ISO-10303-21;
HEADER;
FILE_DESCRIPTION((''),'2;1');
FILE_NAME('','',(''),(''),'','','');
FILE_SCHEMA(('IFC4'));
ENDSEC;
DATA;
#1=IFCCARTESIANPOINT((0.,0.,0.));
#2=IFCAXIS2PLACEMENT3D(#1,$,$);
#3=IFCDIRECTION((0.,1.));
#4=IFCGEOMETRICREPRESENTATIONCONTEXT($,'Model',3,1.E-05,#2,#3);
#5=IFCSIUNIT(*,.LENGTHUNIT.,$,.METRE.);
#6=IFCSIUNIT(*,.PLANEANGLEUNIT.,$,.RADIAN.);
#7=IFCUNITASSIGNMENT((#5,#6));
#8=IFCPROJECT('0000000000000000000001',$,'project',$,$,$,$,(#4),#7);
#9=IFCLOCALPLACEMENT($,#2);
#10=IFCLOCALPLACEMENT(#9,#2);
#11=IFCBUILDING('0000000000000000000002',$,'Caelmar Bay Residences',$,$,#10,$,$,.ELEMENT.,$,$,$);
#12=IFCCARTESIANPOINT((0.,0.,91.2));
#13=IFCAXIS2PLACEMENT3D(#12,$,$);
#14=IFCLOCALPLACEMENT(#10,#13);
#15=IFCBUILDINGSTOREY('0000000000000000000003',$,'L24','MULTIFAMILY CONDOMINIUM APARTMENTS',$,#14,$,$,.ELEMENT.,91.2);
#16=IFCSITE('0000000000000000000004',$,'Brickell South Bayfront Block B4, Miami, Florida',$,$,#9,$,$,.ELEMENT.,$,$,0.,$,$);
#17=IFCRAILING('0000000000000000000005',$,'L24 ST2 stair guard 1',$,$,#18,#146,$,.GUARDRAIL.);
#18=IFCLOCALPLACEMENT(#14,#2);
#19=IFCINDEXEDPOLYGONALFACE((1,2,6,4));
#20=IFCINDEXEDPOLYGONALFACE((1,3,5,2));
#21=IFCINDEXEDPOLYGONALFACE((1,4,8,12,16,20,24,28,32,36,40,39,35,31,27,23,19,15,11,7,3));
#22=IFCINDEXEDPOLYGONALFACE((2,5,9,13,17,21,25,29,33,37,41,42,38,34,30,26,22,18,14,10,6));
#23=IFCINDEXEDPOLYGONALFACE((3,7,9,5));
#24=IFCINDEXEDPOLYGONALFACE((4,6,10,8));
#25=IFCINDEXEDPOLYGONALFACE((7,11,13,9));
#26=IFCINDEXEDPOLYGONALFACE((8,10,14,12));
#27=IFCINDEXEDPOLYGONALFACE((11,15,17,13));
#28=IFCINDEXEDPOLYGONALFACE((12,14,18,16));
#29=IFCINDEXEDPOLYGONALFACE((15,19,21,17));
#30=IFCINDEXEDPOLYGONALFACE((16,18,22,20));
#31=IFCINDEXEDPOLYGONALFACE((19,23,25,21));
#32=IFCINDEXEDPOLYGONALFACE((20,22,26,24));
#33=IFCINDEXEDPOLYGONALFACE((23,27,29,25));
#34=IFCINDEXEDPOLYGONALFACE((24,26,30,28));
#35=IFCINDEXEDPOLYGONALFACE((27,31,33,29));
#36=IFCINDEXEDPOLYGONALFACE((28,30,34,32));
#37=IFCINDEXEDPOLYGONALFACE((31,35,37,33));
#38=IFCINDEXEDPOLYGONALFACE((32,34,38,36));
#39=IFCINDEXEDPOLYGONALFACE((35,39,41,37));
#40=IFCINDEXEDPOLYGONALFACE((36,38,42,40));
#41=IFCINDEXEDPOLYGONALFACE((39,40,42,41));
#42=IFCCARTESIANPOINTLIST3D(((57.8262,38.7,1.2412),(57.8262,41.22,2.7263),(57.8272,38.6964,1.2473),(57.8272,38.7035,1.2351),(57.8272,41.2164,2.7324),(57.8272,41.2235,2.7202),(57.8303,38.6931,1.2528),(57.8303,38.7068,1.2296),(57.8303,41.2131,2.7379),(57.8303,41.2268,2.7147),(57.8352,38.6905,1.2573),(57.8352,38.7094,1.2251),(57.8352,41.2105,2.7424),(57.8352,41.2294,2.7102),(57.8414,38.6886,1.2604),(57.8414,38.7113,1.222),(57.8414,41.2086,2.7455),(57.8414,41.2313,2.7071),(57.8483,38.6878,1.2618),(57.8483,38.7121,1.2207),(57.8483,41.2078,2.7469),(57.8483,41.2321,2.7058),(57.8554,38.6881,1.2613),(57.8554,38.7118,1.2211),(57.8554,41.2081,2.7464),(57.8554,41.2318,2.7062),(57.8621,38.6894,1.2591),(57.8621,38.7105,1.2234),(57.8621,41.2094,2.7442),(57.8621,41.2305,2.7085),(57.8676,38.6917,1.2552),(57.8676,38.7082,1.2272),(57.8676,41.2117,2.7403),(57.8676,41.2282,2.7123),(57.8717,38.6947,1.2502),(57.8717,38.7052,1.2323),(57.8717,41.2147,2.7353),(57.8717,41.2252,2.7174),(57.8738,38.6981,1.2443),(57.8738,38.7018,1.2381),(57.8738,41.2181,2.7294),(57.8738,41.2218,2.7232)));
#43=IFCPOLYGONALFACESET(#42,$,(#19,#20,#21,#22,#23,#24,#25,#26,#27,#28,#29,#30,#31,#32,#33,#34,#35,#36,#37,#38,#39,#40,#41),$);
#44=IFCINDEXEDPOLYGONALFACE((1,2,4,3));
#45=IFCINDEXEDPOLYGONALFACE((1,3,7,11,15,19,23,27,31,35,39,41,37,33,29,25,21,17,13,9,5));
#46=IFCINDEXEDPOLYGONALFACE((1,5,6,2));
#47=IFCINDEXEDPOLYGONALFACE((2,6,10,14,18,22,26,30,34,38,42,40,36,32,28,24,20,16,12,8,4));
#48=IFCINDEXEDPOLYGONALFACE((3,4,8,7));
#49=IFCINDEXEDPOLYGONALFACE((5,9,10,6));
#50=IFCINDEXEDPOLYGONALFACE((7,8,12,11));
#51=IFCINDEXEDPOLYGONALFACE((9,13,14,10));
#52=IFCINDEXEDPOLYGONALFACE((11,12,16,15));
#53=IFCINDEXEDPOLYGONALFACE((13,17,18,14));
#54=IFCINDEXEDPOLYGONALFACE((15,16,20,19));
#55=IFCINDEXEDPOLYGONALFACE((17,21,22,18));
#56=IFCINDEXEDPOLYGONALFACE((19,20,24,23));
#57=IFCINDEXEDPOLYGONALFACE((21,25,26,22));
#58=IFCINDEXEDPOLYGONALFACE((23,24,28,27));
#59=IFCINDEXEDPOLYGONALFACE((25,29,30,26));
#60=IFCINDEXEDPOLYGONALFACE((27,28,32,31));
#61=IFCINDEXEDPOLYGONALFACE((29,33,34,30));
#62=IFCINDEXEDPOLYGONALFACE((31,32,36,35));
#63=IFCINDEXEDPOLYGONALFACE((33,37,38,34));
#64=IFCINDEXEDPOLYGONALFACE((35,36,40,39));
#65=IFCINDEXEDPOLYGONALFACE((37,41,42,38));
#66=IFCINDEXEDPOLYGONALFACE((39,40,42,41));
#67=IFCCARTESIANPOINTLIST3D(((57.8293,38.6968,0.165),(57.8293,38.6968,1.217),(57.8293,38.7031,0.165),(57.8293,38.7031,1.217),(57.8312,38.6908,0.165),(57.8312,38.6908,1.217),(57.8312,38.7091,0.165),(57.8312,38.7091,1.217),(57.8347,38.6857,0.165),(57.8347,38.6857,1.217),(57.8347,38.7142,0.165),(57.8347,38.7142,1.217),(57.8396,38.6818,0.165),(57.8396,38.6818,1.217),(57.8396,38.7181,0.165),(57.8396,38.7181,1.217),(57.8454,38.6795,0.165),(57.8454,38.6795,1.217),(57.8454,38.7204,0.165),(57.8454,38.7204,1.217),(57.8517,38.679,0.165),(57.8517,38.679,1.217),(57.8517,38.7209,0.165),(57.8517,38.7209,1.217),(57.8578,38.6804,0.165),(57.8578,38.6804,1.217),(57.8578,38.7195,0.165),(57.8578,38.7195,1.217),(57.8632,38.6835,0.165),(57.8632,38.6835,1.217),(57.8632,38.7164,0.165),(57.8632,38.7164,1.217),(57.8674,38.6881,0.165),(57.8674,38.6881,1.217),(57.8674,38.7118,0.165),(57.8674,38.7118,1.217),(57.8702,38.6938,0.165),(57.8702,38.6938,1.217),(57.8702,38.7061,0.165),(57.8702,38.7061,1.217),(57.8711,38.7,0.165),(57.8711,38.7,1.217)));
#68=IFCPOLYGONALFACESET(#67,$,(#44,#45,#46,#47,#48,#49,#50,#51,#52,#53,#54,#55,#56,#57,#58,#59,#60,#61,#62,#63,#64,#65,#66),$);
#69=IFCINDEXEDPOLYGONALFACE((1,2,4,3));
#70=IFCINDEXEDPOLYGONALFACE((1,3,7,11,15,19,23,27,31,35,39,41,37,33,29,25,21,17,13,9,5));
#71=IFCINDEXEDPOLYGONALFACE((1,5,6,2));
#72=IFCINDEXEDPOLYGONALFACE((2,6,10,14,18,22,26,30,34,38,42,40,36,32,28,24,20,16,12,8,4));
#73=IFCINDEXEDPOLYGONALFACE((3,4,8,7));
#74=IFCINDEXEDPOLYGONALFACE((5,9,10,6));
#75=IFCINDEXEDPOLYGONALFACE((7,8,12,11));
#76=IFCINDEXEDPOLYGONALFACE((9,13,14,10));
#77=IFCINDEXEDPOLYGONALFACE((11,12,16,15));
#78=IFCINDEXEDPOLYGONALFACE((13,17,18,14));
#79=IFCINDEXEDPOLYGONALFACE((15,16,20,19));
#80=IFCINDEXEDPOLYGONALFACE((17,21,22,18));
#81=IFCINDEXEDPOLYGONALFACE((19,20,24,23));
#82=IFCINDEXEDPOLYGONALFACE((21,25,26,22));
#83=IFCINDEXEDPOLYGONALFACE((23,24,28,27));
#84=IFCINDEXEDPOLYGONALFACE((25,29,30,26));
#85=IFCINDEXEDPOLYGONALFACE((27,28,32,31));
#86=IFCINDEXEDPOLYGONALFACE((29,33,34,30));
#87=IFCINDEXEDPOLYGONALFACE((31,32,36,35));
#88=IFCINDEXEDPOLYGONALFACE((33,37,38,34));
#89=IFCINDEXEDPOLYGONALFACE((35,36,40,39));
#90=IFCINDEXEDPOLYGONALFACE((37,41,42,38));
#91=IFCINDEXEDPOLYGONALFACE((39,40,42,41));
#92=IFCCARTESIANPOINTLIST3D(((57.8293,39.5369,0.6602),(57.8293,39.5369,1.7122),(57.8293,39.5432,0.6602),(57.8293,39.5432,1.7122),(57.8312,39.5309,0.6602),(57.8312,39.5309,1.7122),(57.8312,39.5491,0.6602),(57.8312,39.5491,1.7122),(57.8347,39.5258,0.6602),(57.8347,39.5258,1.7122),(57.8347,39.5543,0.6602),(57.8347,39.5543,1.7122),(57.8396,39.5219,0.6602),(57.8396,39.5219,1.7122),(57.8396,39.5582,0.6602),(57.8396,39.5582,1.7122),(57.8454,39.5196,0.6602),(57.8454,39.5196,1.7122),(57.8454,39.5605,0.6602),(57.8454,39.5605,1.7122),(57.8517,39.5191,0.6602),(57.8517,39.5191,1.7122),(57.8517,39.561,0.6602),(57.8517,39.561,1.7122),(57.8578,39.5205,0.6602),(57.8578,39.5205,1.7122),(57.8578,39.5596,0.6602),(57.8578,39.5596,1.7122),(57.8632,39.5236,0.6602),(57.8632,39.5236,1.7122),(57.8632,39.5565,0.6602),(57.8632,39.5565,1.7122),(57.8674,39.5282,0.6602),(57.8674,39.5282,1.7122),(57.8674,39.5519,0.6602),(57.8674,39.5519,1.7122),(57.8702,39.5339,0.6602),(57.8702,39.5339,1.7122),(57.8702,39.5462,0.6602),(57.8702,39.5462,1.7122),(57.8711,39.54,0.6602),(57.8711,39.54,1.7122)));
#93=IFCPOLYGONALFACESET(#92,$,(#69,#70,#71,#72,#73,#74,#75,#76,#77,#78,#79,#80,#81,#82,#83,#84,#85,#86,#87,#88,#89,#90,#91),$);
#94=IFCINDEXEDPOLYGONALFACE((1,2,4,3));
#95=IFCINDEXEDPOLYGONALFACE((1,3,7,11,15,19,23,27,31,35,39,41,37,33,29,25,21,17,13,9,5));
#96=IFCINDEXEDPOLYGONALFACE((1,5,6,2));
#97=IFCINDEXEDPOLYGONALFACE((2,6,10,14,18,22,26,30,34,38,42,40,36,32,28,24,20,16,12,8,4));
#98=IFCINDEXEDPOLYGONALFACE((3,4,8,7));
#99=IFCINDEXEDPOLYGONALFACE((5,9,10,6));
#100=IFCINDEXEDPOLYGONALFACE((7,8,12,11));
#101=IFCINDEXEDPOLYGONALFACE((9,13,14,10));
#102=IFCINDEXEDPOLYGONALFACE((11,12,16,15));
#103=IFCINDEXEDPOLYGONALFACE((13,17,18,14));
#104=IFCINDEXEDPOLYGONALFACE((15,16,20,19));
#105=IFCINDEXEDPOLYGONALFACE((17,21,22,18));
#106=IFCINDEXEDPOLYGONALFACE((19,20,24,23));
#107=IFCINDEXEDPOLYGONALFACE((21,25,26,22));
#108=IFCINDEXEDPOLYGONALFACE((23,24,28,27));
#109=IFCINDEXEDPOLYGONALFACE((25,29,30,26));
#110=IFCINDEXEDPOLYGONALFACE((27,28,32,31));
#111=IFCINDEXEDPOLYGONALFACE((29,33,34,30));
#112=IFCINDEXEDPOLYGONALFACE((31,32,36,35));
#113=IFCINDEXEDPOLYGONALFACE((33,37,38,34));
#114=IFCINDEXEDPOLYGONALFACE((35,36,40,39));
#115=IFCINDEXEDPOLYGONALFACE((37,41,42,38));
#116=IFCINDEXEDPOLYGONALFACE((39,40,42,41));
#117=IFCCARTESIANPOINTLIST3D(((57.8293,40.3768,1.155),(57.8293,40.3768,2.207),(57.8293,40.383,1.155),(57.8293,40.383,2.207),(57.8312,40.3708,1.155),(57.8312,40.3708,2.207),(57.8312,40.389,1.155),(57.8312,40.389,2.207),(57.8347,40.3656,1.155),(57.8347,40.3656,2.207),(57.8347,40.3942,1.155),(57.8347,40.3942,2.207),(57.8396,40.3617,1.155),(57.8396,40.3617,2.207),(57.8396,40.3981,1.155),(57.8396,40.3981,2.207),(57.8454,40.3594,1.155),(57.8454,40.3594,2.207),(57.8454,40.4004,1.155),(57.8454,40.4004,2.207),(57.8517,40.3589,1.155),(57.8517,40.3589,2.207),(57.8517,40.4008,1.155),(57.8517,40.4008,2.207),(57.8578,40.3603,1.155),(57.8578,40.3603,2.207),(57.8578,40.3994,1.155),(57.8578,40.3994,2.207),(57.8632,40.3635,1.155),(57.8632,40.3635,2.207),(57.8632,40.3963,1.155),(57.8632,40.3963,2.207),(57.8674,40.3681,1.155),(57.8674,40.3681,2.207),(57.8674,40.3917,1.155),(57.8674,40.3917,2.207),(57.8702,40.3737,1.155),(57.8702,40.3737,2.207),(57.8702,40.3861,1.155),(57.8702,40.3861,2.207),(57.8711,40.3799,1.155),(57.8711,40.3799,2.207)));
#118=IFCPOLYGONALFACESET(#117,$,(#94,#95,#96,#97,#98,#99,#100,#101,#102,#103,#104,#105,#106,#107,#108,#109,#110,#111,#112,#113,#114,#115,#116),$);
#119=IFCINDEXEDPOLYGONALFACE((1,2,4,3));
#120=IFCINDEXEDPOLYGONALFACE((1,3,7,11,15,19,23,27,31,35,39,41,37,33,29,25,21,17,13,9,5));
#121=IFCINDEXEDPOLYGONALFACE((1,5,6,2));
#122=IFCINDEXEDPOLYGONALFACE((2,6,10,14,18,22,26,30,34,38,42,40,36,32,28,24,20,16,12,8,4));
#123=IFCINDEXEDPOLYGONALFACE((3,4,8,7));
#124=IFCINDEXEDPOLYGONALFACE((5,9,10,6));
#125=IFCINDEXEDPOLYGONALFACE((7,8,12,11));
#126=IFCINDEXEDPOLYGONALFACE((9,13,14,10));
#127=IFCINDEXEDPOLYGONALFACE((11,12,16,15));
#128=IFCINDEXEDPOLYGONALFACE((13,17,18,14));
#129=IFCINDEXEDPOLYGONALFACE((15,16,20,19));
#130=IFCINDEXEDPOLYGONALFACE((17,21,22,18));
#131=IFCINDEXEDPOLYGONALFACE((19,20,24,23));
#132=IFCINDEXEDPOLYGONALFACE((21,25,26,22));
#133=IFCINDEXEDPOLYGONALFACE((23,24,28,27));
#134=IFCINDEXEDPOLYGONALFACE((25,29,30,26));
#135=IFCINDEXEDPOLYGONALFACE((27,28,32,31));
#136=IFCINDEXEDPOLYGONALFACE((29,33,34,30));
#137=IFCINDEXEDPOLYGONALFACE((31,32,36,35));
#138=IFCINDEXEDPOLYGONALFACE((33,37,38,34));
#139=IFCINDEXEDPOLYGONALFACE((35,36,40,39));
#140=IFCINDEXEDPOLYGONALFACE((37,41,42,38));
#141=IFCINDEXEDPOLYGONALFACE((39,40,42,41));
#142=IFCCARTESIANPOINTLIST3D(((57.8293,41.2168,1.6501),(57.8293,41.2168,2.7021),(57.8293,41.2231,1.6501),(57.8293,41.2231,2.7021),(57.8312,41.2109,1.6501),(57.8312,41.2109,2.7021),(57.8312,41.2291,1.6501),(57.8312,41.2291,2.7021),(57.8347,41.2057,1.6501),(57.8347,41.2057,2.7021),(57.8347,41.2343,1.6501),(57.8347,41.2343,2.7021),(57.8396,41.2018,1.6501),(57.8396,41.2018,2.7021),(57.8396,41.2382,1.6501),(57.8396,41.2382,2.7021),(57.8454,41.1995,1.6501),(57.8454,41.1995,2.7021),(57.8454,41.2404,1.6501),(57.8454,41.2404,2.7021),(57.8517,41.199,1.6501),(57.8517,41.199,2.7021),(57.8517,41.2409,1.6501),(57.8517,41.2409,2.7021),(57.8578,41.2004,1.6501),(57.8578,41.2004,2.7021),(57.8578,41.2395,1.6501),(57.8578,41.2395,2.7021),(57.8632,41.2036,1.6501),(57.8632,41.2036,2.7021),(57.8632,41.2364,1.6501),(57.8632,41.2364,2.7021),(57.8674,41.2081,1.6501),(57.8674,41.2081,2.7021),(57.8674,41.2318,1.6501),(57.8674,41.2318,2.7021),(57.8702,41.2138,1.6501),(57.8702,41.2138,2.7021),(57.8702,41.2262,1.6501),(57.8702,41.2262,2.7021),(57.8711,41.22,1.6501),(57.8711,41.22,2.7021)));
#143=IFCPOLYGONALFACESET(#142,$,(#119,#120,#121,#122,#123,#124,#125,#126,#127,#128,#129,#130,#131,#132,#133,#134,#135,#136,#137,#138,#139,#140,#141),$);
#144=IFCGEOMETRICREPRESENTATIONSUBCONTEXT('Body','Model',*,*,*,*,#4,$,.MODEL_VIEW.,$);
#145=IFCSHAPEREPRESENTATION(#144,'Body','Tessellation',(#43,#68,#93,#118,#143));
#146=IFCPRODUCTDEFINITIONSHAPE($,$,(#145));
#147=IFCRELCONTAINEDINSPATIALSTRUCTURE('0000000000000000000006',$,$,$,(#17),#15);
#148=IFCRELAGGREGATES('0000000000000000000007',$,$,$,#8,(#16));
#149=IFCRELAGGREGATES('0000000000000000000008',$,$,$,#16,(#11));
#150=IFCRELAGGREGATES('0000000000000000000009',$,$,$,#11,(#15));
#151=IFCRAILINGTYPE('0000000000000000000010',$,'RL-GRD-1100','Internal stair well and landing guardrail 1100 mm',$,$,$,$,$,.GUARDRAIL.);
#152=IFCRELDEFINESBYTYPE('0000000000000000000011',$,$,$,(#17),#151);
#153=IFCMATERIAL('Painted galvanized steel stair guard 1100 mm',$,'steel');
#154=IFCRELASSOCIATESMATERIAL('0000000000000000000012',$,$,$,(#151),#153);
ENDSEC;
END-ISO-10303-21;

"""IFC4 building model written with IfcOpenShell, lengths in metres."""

from ifc_helpers import new_model, si_unit, direction, frame, origin, origin_2d, place, context, subcontext, project, spatial, circle, extrude, material, type_object, element, save


model = new_model("IFC4")

# Units and contexts
model_context = context("Model", 3, precision=1e-05, world=origin(), true_north=direction((0.0, 1.0)))
body_context = subcontext(model_context, "Body", "Model", "MODEL_VIEW")
ifc_project = project(units=[si_unit("LENGTHUNIT", "METRE"), si_unit("PLANEANGLEUNIT", "RADIAN")], contexts=[model_context])

# Site, building, storey
site_placement = place(None, origin())
site = spatial("IfcSite", under=ifc_project, at=site_placement, Name="Brickell South Bayfront Block B4, Miami, Florida", CompositionType="ELEMENT", RefElevation=0.0)
building_placement = place(site_placement, origin())
building = spatial("IfcBuilding", under=site, at=building_placement, Name="Caelmar Bay Residences", CompositionType="ELEMENT")
storey_placement = place(building_placement, frame((0.0, 0.0, 91.2)))
storey = spatial("IfcBuildingStorey", under=building, at=storey_placement, Name="L24", Description="MULTIFAMILY CONDOMINIUM APARTMENTS", CompositionType="ELEMENT", Elevation=91.2)

# Railing
ifc_material_1 = material(Name="Painted galvanized steel stair guard 1100 mm", Category="steel")
railing_type_1 = type_object("IfcRailingType", Name="RL-GRD-1100", Description="Internal stair well and landing guardrail 1100 mm", PredefinedType="GUARDRAIL", material=ifc_material_1)
railing_1_placement = place(storey_placement, frame((57.8501, 38.7, 0.165)))
element("IfcRailing", 1, at=railing_1_placement, inside=storey, type_object=railing_type_1, Name="L24 ST2 stair guard 1", PredefinedType="GUARDRAIL", context=body_context, shape_type="SweptSolid", body=[
    extrude(circle(Radius=0.0239, at=origin_2d()), frame((0.0, 0.0, 1.0762), z_axis=(0.0, 0.861524, 0.507717), x_axis=(-1.0, 0.0, 0.0)), (0.0, 0.0, 1.0), 2.925),
    extrude(circle(Radius=0.021, at=origin_2d()), origin(), (0.0, 0.0, 1.0), 1.052),
    extrude(circle(Radius=0.021, at=origin_2d()), frame((0.0, 0.8401, 0.4951)), (0.0, 0.0, 1.0), 1.052),
    extrude(circle(Radius=0.021, at=origin_2d()), frame((0.0, 1.6799, 0.99)), (0.0, 0.0, 1.0), 1.052),
    extrude(circle(Radius=0.021, at=origin_2d()), frame((0.0, 2.52, 1.4851)), (0.0, 0.0, 1.0), 1.052),
])

save(model, "model.ifc")
